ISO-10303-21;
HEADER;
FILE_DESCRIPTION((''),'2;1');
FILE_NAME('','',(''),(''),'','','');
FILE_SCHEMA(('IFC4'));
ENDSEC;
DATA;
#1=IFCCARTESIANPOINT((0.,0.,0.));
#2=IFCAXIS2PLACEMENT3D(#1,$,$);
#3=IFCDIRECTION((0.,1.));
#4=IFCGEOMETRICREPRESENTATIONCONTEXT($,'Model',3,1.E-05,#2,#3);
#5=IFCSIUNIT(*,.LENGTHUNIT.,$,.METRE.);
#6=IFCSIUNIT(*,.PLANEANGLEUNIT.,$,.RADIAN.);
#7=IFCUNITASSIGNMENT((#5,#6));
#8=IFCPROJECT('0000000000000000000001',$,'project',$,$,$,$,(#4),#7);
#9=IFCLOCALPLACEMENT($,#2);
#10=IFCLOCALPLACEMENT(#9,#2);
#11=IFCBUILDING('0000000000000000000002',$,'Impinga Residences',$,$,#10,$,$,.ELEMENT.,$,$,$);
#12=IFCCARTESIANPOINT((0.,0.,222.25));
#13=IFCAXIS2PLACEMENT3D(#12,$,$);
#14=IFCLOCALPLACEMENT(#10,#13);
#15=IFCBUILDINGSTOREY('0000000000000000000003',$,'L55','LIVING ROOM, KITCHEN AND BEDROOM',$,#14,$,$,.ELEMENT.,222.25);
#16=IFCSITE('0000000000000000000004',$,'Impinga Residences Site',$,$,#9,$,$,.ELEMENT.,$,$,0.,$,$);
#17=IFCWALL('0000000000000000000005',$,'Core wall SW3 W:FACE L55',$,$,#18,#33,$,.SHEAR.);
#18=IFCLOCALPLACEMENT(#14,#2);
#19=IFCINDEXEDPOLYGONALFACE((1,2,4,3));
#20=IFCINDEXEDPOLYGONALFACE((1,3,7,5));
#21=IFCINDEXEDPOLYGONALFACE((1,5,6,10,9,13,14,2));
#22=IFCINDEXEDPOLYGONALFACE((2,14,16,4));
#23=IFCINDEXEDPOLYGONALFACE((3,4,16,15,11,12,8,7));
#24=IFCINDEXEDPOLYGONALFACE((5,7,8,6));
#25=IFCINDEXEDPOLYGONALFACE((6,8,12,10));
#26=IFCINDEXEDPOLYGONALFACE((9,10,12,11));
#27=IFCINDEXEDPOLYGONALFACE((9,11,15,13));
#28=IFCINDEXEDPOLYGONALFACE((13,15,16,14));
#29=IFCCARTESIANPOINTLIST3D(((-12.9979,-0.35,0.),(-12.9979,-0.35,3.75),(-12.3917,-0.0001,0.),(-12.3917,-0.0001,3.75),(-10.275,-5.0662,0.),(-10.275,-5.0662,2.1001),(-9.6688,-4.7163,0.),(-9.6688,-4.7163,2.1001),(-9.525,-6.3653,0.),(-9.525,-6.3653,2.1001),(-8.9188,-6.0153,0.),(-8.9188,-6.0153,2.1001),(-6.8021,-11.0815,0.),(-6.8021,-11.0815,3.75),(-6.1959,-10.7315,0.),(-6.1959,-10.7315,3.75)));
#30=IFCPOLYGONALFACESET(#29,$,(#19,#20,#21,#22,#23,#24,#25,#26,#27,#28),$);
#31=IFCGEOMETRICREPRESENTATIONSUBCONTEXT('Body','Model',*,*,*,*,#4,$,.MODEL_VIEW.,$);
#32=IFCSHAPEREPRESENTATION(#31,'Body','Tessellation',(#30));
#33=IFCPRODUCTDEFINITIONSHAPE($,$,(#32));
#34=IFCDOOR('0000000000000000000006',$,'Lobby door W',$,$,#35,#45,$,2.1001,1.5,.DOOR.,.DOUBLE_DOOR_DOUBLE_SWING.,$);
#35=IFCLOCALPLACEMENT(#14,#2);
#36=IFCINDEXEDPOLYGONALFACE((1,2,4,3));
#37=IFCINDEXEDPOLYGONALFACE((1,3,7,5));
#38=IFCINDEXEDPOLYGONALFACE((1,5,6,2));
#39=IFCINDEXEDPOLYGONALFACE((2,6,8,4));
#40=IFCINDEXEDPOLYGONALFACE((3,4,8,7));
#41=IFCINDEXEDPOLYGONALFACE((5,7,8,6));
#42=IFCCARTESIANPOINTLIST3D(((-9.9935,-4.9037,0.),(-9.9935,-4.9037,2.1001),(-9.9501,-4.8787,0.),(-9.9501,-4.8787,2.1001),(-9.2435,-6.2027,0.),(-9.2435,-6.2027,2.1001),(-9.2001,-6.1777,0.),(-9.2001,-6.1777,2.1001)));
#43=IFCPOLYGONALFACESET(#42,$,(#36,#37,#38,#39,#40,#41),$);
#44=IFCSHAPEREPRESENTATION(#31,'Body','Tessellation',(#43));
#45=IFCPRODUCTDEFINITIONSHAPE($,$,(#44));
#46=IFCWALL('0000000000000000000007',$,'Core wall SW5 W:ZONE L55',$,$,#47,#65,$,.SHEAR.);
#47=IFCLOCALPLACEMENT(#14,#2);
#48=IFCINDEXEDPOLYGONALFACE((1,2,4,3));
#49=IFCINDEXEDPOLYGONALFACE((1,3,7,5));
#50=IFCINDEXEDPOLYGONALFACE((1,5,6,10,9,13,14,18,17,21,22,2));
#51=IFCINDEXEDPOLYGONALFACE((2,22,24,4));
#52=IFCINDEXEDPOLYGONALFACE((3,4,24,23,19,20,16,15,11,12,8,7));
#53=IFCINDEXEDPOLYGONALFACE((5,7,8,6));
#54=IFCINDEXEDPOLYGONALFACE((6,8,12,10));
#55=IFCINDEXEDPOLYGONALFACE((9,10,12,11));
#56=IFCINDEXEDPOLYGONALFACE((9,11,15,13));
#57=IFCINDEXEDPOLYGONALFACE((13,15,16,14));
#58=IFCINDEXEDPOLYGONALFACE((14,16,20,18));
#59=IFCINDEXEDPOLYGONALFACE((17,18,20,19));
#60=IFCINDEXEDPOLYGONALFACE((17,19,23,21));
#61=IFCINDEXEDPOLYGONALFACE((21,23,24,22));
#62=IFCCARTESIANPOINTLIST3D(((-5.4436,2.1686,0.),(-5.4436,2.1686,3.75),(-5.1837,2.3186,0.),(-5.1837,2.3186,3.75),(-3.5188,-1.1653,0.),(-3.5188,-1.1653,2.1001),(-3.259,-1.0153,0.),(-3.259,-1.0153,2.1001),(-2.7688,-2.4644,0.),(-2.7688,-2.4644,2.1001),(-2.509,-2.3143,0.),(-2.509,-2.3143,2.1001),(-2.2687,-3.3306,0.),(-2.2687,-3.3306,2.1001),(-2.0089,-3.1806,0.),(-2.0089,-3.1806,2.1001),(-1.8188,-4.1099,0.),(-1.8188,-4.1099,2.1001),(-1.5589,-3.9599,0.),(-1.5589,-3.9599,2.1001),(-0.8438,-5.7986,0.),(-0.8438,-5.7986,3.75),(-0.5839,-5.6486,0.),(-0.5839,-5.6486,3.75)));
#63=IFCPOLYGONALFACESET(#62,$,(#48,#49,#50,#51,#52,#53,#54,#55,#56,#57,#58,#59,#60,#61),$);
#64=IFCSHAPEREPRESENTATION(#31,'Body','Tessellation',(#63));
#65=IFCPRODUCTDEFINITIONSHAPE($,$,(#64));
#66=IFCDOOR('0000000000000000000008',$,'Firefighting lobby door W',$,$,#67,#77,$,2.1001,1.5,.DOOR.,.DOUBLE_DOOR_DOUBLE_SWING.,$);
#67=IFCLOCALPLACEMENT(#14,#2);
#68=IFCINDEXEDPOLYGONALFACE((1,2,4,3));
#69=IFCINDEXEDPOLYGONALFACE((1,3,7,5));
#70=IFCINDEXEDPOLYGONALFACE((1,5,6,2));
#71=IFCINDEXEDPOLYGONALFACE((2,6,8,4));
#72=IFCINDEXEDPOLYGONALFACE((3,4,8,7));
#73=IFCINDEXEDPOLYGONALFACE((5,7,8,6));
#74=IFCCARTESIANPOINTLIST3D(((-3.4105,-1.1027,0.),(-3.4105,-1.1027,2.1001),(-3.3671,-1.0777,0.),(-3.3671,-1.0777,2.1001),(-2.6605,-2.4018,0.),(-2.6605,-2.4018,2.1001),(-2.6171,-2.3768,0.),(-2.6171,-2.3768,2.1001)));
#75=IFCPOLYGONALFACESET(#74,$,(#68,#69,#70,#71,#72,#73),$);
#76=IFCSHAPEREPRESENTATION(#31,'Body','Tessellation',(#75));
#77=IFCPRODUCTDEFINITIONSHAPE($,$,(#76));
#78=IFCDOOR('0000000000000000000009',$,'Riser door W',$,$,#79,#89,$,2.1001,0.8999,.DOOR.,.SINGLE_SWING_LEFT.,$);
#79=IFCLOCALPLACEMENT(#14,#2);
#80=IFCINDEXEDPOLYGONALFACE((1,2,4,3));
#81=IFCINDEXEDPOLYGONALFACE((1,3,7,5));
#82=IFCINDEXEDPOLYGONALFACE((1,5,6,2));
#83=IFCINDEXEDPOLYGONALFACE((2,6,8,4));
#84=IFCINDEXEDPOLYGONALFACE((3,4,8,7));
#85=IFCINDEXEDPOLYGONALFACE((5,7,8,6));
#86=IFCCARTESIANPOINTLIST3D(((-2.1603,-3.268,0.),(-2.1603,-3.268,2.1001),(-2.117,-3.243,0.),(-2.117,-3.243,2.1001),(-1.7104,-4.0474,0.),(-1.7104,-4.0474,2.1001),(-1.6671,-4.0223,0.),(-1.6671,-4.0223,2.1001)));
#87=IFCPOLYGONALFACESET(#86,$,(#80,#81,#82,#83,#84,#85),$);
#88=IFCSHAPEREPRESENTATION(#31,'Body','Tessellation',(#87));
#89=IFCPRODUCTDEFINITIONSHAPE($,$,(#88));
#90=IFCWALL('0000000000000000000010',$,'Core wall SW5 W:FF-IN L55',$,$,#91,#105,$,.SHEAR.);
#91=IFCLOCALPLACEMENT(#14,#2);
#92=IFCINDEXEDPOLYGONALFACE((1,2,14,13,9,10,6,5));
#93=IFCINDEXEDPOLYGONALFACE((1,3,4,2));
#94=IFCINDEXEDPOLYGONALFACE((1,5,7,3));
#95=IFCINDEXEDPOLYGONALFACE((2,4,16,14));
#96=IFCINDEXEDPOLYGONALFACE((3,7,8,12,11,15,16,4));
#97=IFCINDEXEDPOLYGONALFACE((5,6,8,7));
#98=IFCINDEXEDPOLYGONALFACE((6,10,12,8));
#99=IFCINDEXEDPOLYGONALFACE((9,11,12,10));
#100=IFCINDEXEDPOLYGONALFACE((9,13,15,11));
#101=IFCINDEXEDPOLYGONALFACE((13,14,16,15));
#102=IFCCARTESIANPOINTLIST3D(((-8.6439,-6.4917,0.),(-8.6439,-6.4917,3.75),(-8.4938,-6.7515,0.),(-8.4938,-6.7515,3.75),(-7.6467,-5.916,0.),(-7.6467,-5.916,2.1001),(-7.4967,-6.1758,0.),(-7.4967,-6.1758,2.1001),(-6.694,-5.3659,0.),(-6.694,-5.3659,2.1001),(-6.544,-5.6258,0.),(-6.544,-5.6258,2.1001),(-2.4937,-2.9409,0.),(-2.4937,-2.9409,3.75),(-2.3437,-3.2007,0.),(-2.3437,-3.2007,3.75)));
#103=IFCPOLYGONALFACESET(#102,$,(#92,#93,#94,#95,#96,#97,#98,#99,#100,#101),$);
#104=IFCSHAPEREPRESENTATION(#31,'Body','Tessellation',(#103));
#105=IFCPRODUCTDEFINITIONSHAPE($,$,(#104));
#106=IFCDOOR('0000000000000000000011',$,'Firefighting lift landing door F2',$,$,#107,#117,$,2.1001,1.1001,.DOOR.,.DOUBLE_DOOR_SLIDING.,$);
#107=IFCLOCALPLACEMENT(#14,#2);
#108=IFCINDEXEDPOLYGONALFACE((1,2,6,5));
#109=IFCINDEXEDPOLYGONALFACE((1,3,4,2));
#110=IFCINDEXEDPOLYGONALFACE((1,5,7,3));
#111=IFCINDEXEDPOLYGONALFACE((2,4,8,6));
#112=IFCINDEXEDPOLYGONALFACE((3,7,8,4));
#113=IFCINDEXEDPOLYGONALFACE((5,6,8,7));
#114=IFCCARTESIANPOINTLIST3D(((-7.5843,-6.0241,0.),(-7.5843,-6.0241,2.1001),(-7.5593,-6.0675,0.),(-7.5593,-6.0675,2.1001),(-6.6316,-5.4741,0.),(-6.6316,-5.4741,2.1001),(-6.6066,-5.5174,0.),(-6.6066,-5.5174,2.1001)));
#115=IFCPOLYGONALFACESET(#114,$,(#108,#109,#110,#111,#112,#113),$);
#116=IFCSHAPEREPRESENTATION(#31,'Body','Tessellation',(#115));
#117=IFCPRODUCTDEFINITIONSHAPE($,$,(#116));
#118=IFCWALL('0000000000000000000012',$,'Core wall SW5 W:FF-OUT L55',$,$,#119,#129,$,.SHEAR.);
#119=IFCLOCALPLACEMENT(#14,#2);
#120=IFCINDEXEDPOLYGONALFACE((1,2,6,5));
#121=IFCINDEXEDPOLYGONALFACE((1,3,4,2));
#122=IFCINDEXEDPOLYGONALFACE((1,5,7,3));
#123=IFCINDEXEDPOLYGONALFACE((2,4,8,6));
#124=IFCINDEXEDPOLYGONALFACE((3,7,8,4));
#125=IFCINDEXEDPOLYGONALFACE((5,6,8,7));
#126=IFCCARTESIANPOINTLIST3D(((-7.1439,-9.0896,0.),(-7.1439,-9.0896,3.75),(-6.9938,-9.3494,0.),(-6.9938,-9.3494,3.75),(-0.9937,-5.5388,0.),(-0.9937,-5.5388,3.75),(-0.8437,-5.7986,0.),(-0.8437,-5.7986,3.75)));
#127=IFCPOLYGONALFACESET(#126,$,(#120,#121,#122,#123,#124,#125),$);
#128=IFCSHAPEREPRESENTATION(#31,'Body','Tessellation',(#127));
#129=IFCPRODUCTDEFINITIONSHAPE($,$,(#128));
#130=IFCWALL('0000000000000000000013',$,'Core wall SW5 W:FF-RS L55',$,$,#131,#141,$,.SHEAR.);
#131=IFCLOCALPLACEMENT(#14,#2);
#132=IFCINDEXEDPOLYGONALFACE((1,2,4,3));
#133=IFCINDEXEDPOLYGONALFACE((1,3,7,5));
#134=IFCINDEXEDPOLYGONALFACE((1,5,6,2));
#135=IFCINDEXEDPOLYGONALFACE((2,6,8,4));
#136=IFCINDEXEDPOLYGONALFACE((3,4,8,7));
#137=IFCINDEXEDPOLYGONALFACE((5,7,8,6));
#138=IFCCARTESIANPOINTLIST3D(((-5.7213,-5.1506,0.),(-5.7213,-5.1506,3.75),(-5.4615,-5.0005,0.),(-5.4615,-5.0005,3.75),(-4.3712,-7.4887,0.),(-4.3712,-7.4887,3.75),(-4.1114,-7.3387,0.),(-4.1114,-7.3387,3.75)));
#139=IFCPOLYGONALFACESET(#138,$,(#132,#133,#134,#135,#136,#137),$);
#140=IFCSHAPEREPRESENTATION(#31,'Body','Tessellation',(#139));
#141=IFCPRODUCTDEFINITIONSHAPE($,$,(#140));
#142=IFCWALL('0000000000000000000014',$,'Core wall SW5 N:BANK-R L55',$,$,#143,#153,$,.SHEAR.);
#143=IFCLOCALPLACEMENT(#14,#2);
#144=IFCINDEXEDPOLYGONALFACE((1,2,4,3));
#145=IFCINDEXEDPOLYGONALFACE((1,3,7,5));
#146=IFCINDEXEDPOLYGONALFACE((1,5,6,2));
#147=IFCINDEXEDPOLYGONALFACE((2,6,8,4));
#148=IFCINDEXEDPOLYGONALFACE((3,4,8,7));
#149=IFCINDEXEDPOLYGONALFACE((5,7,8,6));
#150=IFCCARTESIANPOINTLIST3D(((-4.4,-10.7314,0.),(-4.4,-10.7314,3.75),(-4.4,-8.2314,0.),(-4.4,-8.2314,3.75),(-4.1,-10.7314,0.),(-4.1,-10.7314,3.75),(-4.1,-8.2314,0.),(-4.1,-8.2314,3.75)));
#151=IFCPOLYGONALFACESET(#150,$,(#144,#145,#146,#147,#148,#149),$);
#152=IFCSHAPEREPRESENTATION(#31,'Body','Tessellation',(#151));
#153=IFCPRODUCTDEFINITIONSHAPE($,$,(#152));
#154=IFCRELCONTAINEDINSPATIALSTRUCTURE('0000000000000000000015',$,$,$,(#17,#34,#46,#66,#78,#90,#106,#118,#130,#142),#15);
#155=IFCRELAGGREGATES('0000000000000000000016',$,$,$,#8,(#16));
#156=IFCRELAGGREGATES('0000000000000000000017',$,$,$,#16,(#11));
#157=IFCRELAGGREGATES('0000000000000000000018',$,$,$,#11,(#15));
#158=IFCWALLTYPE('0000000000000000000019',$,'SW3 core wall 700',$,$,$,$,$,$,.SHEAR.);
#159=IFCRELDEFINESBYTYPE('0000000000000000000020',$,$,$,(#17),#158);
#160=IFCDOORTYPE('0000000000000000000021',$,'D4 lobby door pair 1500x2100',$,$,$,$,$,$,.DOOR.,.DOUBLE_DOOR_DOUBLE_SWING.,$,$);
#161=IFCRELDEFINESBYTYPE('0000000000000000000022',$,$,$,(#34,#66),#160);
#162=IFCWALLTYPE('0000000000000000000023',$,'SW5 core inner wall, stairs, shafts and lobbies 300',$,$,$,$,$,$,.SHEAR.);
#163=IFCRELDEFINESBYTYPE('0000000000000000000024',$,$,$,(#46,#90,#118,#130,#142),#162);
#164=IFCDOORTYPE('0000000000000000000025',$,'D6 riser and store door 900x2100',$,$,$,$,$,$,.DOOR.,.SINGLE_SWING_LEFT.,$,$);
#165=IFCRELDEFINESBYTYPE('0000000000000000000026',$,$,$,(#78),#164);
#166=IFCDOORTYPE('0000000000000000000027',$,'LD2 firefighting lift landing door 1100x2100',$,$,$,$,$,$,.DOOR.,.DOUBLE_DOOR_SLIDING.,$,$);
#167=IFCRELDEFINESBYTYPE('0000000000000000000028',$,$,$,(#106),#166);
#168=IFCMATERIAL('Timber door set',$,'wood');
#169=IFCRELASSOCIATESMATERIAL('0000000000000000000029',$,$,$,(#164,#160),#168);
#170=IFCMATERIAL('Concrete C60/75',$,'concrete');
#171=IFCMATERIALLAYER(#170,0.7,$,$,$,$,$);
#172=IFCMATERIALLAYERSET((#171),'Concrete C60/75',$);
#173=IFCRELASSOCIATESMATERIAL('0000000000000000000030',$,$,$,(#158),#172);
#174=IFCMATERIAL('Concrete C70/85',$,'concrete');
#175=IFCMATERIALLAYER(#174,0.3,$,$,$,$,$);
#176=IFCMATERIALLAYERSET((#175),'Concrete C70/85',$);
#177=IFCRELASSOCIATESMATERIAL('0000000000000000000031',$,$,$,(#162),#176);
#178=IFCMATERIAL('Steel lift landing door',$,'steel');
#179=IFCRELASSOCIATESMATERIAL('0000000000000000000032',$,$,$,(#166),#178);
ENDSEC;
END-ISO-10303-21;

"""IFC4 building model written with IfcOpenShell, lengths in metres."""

from ifc_helpers import new_model, si_unit, direction, frame, frame_2d, origin, place, context, subcontext, project, spatial, rectangle, extrude, material, layer, layer_set, type_object, element, fill, save


model = new_model("IFC4")

# Units and contexts
model_context = context("Model", 3, precision=1e-05, world=origin(), true_north=direction((0.0, 1.0)))
body_context = subcontext(model_context, "Body", "Model", "MODEL_VIEW")
ifc_project = project(units=[si_unit("LENGTHUNIT", "METRE"), si_unit("PLANEANGLEUNIT", "RADIAN")], contexts=[model_context])

# Site, building, storey
site_placement = place(None, origin())
site = spatial("IfcSite", under=ifc_project, at=site_placement, Name="Impinga Residences Site", CompositionType="ELEMENT", RefElevation=0.0)
building_placement = place(site_placement, origin())
building = spatial("IfcBuilding", under=site, at=building_placement, Name="Impinga Residences", CompositionType="ELEMENT")
storey_placement = place(building_placement, frame((0.0, 0.0, 222.25)))
storey = spatial("IfcBuildingStorey", under=building, at=storey_placement, Name="L55", Description="LIVING ROOM, KITCHEN AND BEDROOM", CompositionType="ELEMENT", Elevation=222.25)

# Shared definitions
ifc_material_1 = material(Name="Concrete C60/75", Category="concrete")
ifc_material_2 = material(Name="Timber door set", Category="wood")

# Shared definitions
door_type_1 = type_object("IfcDoorType", Name="D6 riser and store door 900x2100", OperationType="SINGLE_SWING_LEFT", PredefinedType="DOOR", material=ifc_material_2)

# Wall, opening, door
ifc_layer_1 = layer(ifc_material_1, 0.7)
ifc_layer_set_1 = layer_set([ifc_layer_1], Name="Concrete C60/75")
wall_type_1 = type_object("IfcWallType", Name="SW3 core wall 700", PredefinedType="SHEAR", material=ifc_layer_set_1)
wall_1_placement = place(storey_placement, frame((-6.499, -10.9065, 0.0), z_axis=(0.0, 0.0, 1.0), x_axis=(-0.5, 0.866025, 0.0)))
wall_1 = element("IfcWall", 1, at=wall_1_placement, inside=storey, type_object=wall_type_1, Name="Core wall SW3 W:FACE L55", PredefinedType="SHEAR", context=body_context, shape_type="SweptSolid", body=[
    extrude(rectangle(XDim=12.3916, YDim=0.7, at=frame_2d((6.1958, 0.0))), origin(), (0.0, 0.0, 1.0), 3.75),
])
opening_1_placement = place(wall_1_placement, frame((5.4458, 0.0, 0.0)))
opening_1 = element("IfcOpeningElement", 2, at=opening_1_placement, cuts=wall_1, PredefinedType="OPENING", context=body_context, shape_type="SweptSolid", body=[
    extrude(rectangle(XDim=1.5, YDim=2.1001, at=frame_2d((0.75, 1.05))), frame((0.0, 0.3599, 0.0), z_axis=(0.0, -1.0, 0.0), x_axis=(1.0, 0.0, 0.0)), (0.0, 0.0, 1.0), 0.72),
])
door_type_2 = type_object("IfcDoorType", Name="D4 lobby door pair 1500x2100", OperationType="DOUBLE_DOOR_DOUBLE_SWING", PredefinedType="DOOR", material=ifc_material_2)
door_1_placement = place(opening_1_placement, origin())
door_1 = element("IfcDoor", 3, at=door_1_placement, inside=storey, type_object=door_type_2, Name="Lobby door W", OperationType="DOUBLE_DOOR_DOUBLE_SWING", OverallHeight=2.1001, OverallWidth=1.5, PredefinedType="DOOR", context=body_context, shape_type="SweptSolid", body=[
    extrude(rectangle(XDim=1.5, YDim=2.1001, at=frame_2d((0.75, 1.05))), frame((0.0, 0.0249, 0.0), z_axis=(0.0, -1.0, 0.0), x_axis=(1.0, 0.0, 0.0)), (0.0, 0.0, 1.0), 0.05),
])
fill(opening_1, door_1)

# Wall, openings, doors
ifc_material_3 = material(Name="Concrete C70/85", Category="concrete")
ifc_layer_2 = layer(ifc_material_3, 0.3)
ifc_layer_set_2 = layer_set([ifc_layer_2], Name="Concrete C70/85")
wall_type_2 = type_object("IfcWallType", Name="SW5 core inner wall, stairs, shafts and lobbies 300", PredefinedType="SHEAR", material=ifc_layer_set_2)
wall_2_placement = place(storey_placement, frame((-0.7139, -5.7236, 0.0), z_axis=(0.0, 0.0, 1.0), x_axis=(-0.499995, 0.866028, 0.0)))
wall_2 = element("IfcWall", 4, at=wall_2_placement, inside=storey, type_object=wall_type_2, Name="Core wall SW5 W:ZONE L55", PredefinedType="SHEAR", context=body_context, shape_type="SweptSolid", body=[
    extrude(rectangle(XDim=9.1997, YDim=0.3, at=frame_2d((4.5999, 0.0))), origin(), (0.0, 0.0, 1.0), 3.75),
])
opening_2_placement = place(wall_2_placement, frame((3.8501, 0.0, 0.0)))
opening_2 = element("IfcOpeningElement", 5, at=opening_2_placement, cuts=wall_2, PredefinedType="OPENING", context=body_context, shape_type="SweptSolid", body=[
    extrude(rectangle(XDim=1.5, YDim=2.1001, at=frame_2d((0.75, 1.05))), frame((0.0, 0.1599, 0.0), z_axis=(0.0, -1.0, 0.0), x_axis=(1.0, 0.0, 0.0)), (0.0, 0.0, 1.0), 0.3201),
])
opening_3_placement = place(wall_2_placement, frame((1.95, 0.0, 0.0)))
opening_3 = element("IfcOpeningElement", 6, at=opening_3_placement, cuts=wall_2, PredefinedType="OPENING", context=body_context, shape_type="SweptSolid", body=[
    extrude(rectangle(XDim=0.8999, YDim=2.1001, at=frame_2d((0.45, 1.05))), frame((0.0, 0.1599, 0.0), z_axis=(0.0, -1.0, 0.0), x_axis=(1.0, 0.0, 0.0)), (0.0, 0.0, 1.0), 0.3201),
])
door_2_placement = place(opening_2_placement, origin())
door_2 = element("IfcDoor", 7, at=door_2_placement, inside=storey, type_object=door_type_2, Name="Firefighting lobby door W", OperationType="DOUBLE_DOOR_DOUBLE_SWING", OverallHeight=2.1001, OverallWidth=1.5, PredefinedType="DOOR", context=body_context, shape_type="SweptSolid", body=[
    extrude(rectangle(XDim=1.5, YDim=2.1001, at=frame_2d((0.75, 1.05))), frame((0.0, 0.0249, 0.0), z_axis=(0.0, -1.0, 0.0), x_axis=(1.0, 0.0, 0.0)), (0.0, 0.0, 1.0), 0.05),
])
fill(opening_2, door_2)
door_3_placement = place(opening_3_placement, origin())
door_3 = element("IfcDoor", 8, at=door_3_placement, inside=storey, type_object=door_type_1, Name="Riser door W", OperationType="SINGLE_SWING_LEFT", OverallHeight=2.1001, OverallWidth=0.8999, PredefinedType="DOOR", context=body_context, shape_type="SweptSolid", body=[
    extrude(rectangle(XDim=0.8999, YDim=2.1001, at=frame_2d((0.45, 1.05))), frame((0.0, 0.0249, 0.0), z_axis=(0.0, -1.0, 0.0), x_axis=(1.0, 0.0, 0.0)), (0.0, 0.0, 1.0), 0.05),
])
fill(opening_3, door_3)

# Wall, opening, door
wall_3_placement = place(storey_placement, frame((-2.4187, -3.0708, 0.0), z_axis=(0.0, 0.0, 1.0), x_axis=(-0.866026, -0.499999, 0.0)))
wall_3 = element("IfcWall", 9, at=wall_3_placement, inside=storey, type_object=wall_type_2, Name="Core wall SW5 W:FF-IN L55", PredefinedType="SHEAR", context=body_context, shape_type="SweptSolid", body=[
    extrude(rectangle(XDim=7.1016, YDim=0.3, at=frame_2d((3.5508, 0.0))), origin(), (0.0, 0.0, 1.0), 3.75),
])
opening_4_placement = place(wall_3_placement, frame((4.8501, 0.0, 0.0)))
opening_4 = element("IfcOpeningElement", 10, at=opening_4_placement, cuts=wall_3, PredefinedType="OPENING", context=body_context, shape_type="SweptSolid", body=[
    extrude(rectangle(XDim=1.1001, YDim=2.1001, at=frame_2d((0.55, 1.05))), frame((0.0, 0.1599, 0.0), z_axis=(0.0, -1.0, 0.0), x_axis=(1.0, 0.0, 0.0)), (0.0, 0.0, 1.0), 0.3201),
])
ifc_material_4 = material(Name="Steel lift landing door", Category="steel")
door_type_3 = type_object("IfcDoorType", Name="LD2 firefighting lift landing door 1100x2100", OperationType="DOUBLE_DOOR_SLIDING", PredefinedType="DOOR", material=ifc_material_4)
door_4_placement = place(opening_4_placement, origin())
door_4 = element("IfcDoor", 11, at=door_4_placement, inside=storey, type_object=door_type_3, Name="Firefighting lift landing door F2", OperationType="DOUBLE_DOOR_SLIDING", OverallHeight=2.1001, OverallWidth=1.1001, PredefinedType="DOOR", context=body_context, shape_type="SweptSolid", body=[
    extrude(rectangle(XDim=1.1001, YDim=2.1001, at=frame_2d((0.55, 1.05))), frame((0.0, 0.0249, 0.0), z_axis=(0.0, -1.0, 0.0), x_axis=(1.0, 0.0, 0.0)), (0.0, 0.0, 1.0), 0.05),
])
fill(opening_4, door_4)

# Walls
wall_4_placement = place(storey_placement, frame((-0.9187, -5.6687, 0.0), z_axis=(0.0, 0.0, 1.0), x_axis=(-0.866026, -0.499999, 0.0)))
element("IfcWall", 12, at=wall_4_placement, inside=storey, type_object=wall_type_2, Name="Core wall SW5 W:FF-OUT L55", PredefinedType="SHEAR", context=body_context, shape_type="SweptSolid", body=[
    extrude(rectangle(XDim=7.1016, YDim=0.3, at=frame_2d((3.5508, 0.0))), origin(), (0.0, 0.0, 1.0), 3.75),
])
wall_5_placement = place(storey_placement, frame((-4.2412, -7.4138, 0.0), z_axis=(0.0, 0.0, 1.0), x_axis=(-0.500049, 0.865997, 0.0)))
element("IfcWall", 13, at=wall_5_placement, inside=storey, type_object=wall_type_2, Name="Core wall SW5 W:FF-RS L55", PredefinedType="SHEAR", context=body_context, shape_type="SweptSolid", body=[
    extrude(rectangle(XDim=2.7, YDim=0.3, at=frame_2d((1.3501, 0.0))), origin(), (0.0, 0.0, 1.0), 3.75),
])
wall_6_placement = place(storey_placement, frame((-4.25, -8.2314, 0.0), z_axis=(0.0, 0.0, 1.0), x_axis=(0.0, -1.0, 0.0)))
element("IfcWall", 14, at=wall_6_placement, inside=storey, type_object=wall_type_2, Name="Core wall SW5 N:BANK-R L55", PredefinedType="SHEAR", context=body_context, shape_type="SweptSolid", body=[
    extrude(rectangle(XDim=2.5, YDim=0.3, at=frame_2d((1.25, 0.0))), origin(), (0.0, 0.0, 1.0), 3.75),
])

save(model, "model.ifc")
